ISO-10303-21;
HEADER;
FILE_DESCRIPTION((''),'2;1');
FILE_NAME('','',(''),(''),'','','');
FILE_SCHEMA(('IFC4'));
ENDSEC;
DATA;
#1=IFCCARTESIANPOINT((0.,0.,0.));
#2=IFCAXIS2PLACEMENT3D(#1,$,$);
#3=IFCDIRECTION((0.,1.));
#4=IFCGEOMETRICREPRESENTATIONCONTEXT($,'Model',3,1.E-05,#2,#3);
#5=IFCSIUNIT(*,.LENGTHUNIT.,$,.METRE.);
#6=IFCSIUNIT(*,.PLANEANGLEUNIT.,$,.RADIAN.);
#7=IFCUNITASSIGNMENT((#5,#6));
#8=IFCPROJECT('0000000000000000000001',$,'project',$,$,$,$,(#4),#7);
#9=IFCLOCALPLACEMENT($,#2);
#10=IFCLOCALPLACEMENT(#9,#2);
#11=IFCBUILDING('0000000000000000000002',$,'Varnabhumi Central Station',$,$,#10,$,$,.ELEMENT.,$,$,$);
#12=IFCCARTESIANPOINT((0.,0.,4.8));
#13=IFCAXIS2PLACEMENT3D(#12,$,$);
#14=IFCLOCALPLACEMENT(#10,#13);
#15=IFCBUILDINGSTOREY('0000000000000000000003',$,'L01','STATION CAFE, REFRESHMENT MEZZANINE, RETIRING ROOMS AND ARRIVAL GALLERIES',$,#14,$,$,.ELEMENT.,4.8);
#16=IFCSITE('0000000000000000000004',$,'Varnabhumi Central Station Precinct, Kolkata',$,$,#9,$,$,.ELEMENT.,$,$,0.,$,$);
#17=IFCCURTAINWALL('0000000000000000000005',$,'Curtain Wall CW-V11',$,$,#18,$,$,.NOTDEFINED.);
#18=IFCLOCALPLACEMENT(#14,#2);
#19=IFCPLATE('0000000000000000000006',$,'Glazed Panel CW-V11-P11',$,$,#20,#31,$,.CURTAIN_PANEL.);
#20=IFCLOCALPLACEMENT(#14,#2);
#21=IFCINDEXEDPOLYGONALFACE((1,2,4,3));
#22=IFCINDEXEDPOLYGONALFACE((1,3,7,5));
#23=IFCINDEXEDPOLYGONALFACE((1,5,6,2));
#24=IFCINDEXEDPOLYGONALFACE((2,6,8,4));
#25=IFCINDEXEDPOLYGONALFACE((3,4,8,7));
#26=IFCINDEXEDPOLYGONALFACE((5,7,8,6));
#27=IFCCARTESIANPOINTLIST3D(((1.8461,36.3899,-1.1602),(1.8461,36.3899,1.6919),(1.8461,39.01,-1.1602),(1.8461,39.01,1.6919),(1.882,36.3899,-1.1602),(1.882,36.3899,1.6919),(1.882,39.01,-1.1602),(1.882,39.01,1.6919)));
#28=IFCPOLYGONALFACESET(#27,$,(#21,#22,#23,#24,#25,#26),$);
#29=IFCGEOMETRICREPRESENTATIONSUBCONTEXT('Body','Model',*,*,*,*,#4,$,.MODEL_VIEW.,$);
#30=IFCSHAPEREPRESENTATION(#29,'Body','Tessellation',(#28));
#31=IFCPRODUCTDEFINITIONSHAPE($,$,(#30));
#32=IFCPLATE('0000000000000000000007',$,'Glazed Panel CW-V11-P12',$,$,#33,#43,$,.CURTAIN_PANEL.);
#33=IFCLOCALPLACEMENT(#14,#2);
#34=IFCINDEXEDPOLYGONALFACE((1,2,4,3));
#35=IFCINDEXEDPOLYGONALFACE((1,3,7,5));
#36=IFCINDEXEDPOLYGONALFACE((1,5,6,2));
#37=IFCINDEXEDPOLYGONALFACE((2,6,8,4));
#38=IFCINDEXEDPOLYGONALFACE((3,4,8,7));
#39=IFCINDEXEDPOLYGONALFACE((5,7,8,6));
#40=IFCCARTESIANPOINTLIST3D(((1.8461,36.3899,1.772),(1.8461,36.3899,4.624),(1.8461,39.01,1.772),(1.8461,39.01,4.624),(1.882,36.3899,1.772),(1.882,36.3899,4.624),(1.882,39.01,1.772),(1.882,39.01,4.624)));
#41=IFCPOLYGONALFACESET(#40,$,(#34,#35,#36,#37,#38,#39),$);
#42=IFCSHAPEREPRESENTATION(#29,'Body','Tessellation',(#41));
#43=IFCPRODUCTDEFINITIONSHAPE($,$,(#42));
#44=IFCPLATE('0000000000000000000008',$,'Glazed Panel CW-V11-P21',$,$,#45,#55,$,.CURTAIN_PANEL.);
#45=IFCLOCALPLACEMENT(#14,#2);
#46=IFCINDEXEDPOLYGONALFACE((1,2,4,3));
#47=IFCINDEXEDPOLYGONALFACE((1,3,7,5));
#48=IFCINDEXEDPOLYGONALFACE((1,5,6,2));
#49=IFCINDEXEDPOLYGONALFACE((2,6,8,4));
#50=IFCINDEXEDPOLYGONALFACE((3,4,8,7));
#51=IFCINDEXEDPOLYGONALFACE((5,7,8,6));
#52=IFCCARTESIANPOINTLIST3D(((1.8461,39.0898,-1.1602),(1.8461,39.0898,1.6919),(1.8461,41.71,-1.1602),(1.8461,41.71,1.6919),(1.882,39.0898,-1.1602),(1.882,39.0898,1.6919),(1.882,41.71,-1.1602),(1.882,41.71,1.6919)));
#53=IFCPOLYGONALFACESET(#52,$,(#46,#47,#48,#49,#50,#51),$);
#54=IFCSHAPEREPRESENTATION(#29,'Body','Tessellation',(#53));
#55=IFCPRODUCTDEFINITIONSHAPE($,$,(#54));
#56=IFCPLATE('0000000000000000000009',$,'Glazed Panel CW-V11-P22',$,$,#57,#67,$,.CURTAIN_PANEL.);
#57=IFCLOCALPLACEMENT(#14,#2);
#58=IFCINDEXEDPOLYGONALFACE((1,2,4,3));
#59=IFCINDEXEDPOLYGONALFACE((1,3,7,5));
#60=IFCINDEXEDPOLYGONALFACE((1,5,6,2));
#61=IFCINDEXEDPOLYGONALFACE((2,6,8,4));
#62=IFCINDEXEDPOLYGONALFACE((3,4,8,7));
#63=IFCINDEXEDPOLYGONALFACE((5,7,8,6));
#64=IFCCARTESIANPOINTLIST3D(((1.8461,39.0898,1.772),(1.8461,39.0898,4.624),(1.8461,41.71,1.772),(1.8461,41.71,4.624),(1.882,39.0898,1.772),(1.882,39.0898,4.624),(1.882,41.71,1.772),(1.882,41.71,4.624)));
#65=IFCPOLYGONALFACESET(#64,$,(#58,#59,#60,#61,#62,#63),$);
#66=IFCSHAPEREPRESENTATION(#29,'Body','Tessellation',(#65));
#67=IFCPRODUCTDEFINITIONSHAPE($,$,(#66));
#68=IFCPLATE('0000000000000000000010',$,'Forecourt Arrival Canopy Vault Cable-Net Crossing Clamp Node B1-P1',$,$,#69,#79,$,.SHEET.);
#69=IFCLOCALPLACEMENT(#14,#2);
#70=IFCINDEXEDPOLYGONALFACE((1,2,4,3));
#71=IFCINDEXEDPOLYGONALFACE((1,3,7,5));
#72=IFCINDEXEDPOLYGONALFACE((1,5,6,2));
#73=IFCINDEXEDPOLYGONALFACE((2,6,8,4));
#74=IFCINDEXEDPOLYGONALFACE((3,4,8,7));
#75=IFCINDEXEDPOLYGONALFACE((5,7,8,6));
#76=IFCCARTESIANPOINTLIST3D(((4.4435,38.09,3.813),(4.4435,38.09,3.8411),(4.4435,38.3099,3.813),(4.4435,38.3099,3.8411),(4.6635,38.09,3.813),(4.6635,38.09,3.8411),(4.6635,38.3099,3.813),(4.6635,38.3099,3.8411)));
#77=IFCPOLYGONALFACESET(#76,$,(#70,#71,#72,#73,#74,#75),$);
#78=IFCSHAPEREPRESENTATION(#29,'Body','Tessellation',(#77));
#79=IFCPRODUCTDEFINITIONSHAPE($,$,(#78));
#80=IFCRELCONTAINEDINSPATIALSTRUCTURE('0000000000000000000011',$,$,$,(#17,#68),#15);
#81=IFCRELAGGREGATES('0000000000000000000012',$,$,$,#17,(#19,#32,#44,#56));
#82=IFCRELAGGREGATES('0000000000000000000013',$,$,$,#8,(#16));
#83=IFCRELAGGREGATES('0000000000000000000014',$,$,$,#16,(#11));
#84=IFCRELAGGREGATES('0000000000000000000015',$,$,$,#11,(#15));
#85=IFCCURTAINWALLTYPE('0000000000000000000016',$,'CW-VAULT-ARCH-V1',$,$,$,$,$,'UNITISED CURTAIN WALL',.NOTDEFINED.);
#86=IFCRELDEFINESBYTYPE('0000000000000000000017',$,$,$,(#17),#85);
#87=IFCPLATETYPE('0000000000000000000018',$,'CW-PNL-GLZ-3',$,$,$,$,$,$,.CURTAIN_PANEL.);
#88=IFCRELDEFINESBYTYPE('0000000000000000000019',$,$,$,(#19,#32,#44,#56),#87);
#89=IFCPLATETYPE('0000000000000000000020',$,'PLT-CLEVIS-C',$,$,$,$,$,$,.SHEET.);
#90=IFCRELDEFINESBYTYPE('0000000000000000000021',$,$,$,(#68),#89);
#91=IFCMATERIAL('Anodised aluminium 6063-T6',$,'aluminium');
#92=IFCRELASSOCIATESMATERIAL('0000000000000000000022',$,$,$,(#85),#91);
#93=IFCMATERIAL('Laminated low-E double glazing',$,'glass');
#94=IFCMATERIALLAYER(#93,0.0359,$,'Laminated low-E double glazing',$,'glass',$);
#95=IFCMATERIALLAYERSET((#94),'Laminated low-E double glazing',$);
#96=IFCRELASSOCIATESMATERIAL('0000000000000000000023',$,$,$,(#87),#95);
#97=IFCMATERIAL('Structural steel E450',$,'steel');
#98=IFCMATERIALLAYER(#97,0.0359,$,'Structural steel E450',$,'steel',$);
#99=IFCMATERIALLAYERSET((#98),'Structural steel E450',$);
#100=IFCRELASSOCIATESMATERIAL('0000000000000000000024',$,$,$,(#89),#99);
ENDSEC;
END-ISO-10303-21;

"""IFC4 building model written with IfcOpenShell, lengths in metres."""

from ifc_helpers import new_model, si_unit, direction, frame, origin, origin_2d, place, context, subcontext, project, spatial, rectangle, extrude, material, layer, layer_set, type_object, element, aggregate, save


model = new_model("IFC4")

# Units and contexts
model_context = context("Model", 3, precision=1e-05, world=origin(), true_north=direction((0.0, 1.0)))
body_context = subcontext(model_context, "Body", "Model", "MODEL_VIEW")
ifc_project = project(units=[si_unit("LENGTHUNIT", "METRE"), si_unit("PLANEANGLEUNIT", "RADIAN")], contexts=[model_context])

# Site, building, storey
site_placement = place(None, origin())
site = spatial("IfcSite", under=ifc_project, at=site_placement, Name="Varnabhumi Central Station Precinct, Kolkata", CompositionType="ELEMENT", RefElevation=0.0)
building_placement = place(site_placement, origin())
building = spatial("IfcBuilding", under=site, at=building_placement, Name="Varnabhumi Central Station", CompositionType="ELEMENT")
storey_placement = place(building_placement, frame((0.0, 0.0, 4.8)))
storey = spatial("IfcBuildingStorey", under=building, at=storey_placement, Name="L01", Description="STATION CAFE, REFRESHMENT MEZZANINE, RETIRING ROOMS AND ARRIVAL GALLERIES", CompositionType="ELEMENT", Elevation=4.8)

# Shared definitions
ifc_material_1 = material(Name="Anodised aluminium 6063-T6", Category="aluminium")

# Curtain wall
curtain_wall_type_1 = type_object("IfcCurtainWallType", Name="CW-VAULT-ARCH-V1", ElementType="UNITISED CURTAIN WALL", PredefinedType="NOTDEFINED", material=ifc_material_1)
curtain_wall_1_placement = place(storey_placement, origin())
curtain_wall_1 = element("IfcCurtainWall", 1, at=curtain_wall_1_placement, inside=storey, type_object=curtain_wall_type_1, Name="Curtain Wall CW-V11", PredefinedType="NOTDEFINED")

# Plates
ifc_material_2 = material(Name="Laminated low-E double glazing", Category="glass")
ifc_layer_1 = layer(ifc_material_2, 0.0359, Name="Laminated low-E double glazing", Category="glass")
ifc_layer_set_1 = layer_set([ifc_layer_1], Name="Laminated low-E double glazing")
plate_type_1 = type_object("IfcPlateType", Name="CW-PNL-GLZ-3", PredefinedType="CURTAIN_PANEL", material=ifc_layer_set_1)
plate_1_placement = place(storey_placement, frame((1.864, 37.7, -1.1602), z_axis=(0.0, 0.0, 1.0), x_axis=(0.0, 1.0, 0.0)))
plate_1 = element("IfcPlate", 2, at=plate_1_placement, type_object=plate_type_1, Name="Glazed Panel CW-V11-P11", PredefinedType="CURTAIN_PANEL", context=body_context, shape_type="SweptSolid", body=[
    extrude(rectangle(XDim=2.6201, YDim=0.0359, at=origin_2d()), origin(), (0.0, 0.0, 1.0), 2.8521),
])
plate_2_placement = place(storey_placement, frame((1.864, 37.7, 1.772), z_axis=(0.0, 0.0, 1.0), x_axis=(0.0, 1.0, 0.0)))
plate_2 = element("IfcPlate", 3, at=plate_2_placement, type_object=plate_type_1, Name="Glazed Panel CW-V11-P12", PredefinedType="CURTAIN_PANEL", context=body_context, shape_type="SweptSolid", body=[
    extrude(rectangle(XDim=2.6201, YDim=0.0359, at=origin_2d()), origin(), (0.0, 0.0, 1.0), 2.8521),
])
plate_3_placement = place(storey_placement, frame((1.864, 40.3999, -1.1602), z_axis=(0.0, 0.0, 1.0), x_axis=(0.0, 1.0, 0.0)))
plate_3 = element("IfcPlate", 4, at=plate_3_placement, type_object=plate_type_1, Name="Glazed Panel CW-V11-P21", PredefinedType="CURTAIN_PANEL", context=body_context, shape_type="SweptSolid", body=[
    extrude(rectangle(XDim=2.6201, YDim=0.0359, at=origin_2d()), origin(), (0.0, 0.0, 1.0), 2.8521),
])
plate_4_placement = place(storey_placement, frame((1.864, 40.3999, 1.772), z_axis=(0.0, 0.0, 1.0), x_axis=(0.0, 1.0, 0.0)))
plate_4 = element("IfcPlate", 5, at=plate_4_placement, type_object=plate_type_1, Name="Glazed Panel CW-V11-P22", PredefinedType="CURTAIN_PANEL", context=body_context, shape_type="SweptSolid", body=[
    extrude(rectangle(XDim=2.6201, YDim=0.0359, at=origin_2d()), origin(), (0.0, 0.0, 1.0), 2.8521),
])
aggregate(curtain_wall_1, [plate_1, plate_2, plate_3, plate_4])
ifc_material_3 = material(Name="Structural steel E450", Category="steel")
ifc_layer_2 = layer(ifc_material_3, 0.0359, Name="Structural steel E450", Category="steel")
ifc_layer_set_2 = layer_set([ifc_layer_2], Name="Structural steel E450")
plate_type_2 = type_object("IfcPlateType", Name="PLT-CLEVIS-C", PredefinedType="SHEET", material=ifc_layer_set_2)
plate_5_placement = place(storey_placement, frame((4.5535, 38.2, 3.813), z_axis=(0.0, 0.0, 1.0), x_axis=(1.0, 0.0, 0.0)))
element("IfcPlate", 6, at=plate_5_placement, inside=storey, type_object=plate_type_2, Name="Forecourt Arrival Canopy Vault Cable-Net Crossing Clamp Node B1-P1", PredefinedType="SHEET", context=body_context, shape_type="SweptSolid", body=[
    extrude(rectangle(XDim=0.22, YDim=0.22, at=origin_2d()), origin(), (0.0, 0.0, 1.0), 0.0281),
])

save(model, "model.ifc")
